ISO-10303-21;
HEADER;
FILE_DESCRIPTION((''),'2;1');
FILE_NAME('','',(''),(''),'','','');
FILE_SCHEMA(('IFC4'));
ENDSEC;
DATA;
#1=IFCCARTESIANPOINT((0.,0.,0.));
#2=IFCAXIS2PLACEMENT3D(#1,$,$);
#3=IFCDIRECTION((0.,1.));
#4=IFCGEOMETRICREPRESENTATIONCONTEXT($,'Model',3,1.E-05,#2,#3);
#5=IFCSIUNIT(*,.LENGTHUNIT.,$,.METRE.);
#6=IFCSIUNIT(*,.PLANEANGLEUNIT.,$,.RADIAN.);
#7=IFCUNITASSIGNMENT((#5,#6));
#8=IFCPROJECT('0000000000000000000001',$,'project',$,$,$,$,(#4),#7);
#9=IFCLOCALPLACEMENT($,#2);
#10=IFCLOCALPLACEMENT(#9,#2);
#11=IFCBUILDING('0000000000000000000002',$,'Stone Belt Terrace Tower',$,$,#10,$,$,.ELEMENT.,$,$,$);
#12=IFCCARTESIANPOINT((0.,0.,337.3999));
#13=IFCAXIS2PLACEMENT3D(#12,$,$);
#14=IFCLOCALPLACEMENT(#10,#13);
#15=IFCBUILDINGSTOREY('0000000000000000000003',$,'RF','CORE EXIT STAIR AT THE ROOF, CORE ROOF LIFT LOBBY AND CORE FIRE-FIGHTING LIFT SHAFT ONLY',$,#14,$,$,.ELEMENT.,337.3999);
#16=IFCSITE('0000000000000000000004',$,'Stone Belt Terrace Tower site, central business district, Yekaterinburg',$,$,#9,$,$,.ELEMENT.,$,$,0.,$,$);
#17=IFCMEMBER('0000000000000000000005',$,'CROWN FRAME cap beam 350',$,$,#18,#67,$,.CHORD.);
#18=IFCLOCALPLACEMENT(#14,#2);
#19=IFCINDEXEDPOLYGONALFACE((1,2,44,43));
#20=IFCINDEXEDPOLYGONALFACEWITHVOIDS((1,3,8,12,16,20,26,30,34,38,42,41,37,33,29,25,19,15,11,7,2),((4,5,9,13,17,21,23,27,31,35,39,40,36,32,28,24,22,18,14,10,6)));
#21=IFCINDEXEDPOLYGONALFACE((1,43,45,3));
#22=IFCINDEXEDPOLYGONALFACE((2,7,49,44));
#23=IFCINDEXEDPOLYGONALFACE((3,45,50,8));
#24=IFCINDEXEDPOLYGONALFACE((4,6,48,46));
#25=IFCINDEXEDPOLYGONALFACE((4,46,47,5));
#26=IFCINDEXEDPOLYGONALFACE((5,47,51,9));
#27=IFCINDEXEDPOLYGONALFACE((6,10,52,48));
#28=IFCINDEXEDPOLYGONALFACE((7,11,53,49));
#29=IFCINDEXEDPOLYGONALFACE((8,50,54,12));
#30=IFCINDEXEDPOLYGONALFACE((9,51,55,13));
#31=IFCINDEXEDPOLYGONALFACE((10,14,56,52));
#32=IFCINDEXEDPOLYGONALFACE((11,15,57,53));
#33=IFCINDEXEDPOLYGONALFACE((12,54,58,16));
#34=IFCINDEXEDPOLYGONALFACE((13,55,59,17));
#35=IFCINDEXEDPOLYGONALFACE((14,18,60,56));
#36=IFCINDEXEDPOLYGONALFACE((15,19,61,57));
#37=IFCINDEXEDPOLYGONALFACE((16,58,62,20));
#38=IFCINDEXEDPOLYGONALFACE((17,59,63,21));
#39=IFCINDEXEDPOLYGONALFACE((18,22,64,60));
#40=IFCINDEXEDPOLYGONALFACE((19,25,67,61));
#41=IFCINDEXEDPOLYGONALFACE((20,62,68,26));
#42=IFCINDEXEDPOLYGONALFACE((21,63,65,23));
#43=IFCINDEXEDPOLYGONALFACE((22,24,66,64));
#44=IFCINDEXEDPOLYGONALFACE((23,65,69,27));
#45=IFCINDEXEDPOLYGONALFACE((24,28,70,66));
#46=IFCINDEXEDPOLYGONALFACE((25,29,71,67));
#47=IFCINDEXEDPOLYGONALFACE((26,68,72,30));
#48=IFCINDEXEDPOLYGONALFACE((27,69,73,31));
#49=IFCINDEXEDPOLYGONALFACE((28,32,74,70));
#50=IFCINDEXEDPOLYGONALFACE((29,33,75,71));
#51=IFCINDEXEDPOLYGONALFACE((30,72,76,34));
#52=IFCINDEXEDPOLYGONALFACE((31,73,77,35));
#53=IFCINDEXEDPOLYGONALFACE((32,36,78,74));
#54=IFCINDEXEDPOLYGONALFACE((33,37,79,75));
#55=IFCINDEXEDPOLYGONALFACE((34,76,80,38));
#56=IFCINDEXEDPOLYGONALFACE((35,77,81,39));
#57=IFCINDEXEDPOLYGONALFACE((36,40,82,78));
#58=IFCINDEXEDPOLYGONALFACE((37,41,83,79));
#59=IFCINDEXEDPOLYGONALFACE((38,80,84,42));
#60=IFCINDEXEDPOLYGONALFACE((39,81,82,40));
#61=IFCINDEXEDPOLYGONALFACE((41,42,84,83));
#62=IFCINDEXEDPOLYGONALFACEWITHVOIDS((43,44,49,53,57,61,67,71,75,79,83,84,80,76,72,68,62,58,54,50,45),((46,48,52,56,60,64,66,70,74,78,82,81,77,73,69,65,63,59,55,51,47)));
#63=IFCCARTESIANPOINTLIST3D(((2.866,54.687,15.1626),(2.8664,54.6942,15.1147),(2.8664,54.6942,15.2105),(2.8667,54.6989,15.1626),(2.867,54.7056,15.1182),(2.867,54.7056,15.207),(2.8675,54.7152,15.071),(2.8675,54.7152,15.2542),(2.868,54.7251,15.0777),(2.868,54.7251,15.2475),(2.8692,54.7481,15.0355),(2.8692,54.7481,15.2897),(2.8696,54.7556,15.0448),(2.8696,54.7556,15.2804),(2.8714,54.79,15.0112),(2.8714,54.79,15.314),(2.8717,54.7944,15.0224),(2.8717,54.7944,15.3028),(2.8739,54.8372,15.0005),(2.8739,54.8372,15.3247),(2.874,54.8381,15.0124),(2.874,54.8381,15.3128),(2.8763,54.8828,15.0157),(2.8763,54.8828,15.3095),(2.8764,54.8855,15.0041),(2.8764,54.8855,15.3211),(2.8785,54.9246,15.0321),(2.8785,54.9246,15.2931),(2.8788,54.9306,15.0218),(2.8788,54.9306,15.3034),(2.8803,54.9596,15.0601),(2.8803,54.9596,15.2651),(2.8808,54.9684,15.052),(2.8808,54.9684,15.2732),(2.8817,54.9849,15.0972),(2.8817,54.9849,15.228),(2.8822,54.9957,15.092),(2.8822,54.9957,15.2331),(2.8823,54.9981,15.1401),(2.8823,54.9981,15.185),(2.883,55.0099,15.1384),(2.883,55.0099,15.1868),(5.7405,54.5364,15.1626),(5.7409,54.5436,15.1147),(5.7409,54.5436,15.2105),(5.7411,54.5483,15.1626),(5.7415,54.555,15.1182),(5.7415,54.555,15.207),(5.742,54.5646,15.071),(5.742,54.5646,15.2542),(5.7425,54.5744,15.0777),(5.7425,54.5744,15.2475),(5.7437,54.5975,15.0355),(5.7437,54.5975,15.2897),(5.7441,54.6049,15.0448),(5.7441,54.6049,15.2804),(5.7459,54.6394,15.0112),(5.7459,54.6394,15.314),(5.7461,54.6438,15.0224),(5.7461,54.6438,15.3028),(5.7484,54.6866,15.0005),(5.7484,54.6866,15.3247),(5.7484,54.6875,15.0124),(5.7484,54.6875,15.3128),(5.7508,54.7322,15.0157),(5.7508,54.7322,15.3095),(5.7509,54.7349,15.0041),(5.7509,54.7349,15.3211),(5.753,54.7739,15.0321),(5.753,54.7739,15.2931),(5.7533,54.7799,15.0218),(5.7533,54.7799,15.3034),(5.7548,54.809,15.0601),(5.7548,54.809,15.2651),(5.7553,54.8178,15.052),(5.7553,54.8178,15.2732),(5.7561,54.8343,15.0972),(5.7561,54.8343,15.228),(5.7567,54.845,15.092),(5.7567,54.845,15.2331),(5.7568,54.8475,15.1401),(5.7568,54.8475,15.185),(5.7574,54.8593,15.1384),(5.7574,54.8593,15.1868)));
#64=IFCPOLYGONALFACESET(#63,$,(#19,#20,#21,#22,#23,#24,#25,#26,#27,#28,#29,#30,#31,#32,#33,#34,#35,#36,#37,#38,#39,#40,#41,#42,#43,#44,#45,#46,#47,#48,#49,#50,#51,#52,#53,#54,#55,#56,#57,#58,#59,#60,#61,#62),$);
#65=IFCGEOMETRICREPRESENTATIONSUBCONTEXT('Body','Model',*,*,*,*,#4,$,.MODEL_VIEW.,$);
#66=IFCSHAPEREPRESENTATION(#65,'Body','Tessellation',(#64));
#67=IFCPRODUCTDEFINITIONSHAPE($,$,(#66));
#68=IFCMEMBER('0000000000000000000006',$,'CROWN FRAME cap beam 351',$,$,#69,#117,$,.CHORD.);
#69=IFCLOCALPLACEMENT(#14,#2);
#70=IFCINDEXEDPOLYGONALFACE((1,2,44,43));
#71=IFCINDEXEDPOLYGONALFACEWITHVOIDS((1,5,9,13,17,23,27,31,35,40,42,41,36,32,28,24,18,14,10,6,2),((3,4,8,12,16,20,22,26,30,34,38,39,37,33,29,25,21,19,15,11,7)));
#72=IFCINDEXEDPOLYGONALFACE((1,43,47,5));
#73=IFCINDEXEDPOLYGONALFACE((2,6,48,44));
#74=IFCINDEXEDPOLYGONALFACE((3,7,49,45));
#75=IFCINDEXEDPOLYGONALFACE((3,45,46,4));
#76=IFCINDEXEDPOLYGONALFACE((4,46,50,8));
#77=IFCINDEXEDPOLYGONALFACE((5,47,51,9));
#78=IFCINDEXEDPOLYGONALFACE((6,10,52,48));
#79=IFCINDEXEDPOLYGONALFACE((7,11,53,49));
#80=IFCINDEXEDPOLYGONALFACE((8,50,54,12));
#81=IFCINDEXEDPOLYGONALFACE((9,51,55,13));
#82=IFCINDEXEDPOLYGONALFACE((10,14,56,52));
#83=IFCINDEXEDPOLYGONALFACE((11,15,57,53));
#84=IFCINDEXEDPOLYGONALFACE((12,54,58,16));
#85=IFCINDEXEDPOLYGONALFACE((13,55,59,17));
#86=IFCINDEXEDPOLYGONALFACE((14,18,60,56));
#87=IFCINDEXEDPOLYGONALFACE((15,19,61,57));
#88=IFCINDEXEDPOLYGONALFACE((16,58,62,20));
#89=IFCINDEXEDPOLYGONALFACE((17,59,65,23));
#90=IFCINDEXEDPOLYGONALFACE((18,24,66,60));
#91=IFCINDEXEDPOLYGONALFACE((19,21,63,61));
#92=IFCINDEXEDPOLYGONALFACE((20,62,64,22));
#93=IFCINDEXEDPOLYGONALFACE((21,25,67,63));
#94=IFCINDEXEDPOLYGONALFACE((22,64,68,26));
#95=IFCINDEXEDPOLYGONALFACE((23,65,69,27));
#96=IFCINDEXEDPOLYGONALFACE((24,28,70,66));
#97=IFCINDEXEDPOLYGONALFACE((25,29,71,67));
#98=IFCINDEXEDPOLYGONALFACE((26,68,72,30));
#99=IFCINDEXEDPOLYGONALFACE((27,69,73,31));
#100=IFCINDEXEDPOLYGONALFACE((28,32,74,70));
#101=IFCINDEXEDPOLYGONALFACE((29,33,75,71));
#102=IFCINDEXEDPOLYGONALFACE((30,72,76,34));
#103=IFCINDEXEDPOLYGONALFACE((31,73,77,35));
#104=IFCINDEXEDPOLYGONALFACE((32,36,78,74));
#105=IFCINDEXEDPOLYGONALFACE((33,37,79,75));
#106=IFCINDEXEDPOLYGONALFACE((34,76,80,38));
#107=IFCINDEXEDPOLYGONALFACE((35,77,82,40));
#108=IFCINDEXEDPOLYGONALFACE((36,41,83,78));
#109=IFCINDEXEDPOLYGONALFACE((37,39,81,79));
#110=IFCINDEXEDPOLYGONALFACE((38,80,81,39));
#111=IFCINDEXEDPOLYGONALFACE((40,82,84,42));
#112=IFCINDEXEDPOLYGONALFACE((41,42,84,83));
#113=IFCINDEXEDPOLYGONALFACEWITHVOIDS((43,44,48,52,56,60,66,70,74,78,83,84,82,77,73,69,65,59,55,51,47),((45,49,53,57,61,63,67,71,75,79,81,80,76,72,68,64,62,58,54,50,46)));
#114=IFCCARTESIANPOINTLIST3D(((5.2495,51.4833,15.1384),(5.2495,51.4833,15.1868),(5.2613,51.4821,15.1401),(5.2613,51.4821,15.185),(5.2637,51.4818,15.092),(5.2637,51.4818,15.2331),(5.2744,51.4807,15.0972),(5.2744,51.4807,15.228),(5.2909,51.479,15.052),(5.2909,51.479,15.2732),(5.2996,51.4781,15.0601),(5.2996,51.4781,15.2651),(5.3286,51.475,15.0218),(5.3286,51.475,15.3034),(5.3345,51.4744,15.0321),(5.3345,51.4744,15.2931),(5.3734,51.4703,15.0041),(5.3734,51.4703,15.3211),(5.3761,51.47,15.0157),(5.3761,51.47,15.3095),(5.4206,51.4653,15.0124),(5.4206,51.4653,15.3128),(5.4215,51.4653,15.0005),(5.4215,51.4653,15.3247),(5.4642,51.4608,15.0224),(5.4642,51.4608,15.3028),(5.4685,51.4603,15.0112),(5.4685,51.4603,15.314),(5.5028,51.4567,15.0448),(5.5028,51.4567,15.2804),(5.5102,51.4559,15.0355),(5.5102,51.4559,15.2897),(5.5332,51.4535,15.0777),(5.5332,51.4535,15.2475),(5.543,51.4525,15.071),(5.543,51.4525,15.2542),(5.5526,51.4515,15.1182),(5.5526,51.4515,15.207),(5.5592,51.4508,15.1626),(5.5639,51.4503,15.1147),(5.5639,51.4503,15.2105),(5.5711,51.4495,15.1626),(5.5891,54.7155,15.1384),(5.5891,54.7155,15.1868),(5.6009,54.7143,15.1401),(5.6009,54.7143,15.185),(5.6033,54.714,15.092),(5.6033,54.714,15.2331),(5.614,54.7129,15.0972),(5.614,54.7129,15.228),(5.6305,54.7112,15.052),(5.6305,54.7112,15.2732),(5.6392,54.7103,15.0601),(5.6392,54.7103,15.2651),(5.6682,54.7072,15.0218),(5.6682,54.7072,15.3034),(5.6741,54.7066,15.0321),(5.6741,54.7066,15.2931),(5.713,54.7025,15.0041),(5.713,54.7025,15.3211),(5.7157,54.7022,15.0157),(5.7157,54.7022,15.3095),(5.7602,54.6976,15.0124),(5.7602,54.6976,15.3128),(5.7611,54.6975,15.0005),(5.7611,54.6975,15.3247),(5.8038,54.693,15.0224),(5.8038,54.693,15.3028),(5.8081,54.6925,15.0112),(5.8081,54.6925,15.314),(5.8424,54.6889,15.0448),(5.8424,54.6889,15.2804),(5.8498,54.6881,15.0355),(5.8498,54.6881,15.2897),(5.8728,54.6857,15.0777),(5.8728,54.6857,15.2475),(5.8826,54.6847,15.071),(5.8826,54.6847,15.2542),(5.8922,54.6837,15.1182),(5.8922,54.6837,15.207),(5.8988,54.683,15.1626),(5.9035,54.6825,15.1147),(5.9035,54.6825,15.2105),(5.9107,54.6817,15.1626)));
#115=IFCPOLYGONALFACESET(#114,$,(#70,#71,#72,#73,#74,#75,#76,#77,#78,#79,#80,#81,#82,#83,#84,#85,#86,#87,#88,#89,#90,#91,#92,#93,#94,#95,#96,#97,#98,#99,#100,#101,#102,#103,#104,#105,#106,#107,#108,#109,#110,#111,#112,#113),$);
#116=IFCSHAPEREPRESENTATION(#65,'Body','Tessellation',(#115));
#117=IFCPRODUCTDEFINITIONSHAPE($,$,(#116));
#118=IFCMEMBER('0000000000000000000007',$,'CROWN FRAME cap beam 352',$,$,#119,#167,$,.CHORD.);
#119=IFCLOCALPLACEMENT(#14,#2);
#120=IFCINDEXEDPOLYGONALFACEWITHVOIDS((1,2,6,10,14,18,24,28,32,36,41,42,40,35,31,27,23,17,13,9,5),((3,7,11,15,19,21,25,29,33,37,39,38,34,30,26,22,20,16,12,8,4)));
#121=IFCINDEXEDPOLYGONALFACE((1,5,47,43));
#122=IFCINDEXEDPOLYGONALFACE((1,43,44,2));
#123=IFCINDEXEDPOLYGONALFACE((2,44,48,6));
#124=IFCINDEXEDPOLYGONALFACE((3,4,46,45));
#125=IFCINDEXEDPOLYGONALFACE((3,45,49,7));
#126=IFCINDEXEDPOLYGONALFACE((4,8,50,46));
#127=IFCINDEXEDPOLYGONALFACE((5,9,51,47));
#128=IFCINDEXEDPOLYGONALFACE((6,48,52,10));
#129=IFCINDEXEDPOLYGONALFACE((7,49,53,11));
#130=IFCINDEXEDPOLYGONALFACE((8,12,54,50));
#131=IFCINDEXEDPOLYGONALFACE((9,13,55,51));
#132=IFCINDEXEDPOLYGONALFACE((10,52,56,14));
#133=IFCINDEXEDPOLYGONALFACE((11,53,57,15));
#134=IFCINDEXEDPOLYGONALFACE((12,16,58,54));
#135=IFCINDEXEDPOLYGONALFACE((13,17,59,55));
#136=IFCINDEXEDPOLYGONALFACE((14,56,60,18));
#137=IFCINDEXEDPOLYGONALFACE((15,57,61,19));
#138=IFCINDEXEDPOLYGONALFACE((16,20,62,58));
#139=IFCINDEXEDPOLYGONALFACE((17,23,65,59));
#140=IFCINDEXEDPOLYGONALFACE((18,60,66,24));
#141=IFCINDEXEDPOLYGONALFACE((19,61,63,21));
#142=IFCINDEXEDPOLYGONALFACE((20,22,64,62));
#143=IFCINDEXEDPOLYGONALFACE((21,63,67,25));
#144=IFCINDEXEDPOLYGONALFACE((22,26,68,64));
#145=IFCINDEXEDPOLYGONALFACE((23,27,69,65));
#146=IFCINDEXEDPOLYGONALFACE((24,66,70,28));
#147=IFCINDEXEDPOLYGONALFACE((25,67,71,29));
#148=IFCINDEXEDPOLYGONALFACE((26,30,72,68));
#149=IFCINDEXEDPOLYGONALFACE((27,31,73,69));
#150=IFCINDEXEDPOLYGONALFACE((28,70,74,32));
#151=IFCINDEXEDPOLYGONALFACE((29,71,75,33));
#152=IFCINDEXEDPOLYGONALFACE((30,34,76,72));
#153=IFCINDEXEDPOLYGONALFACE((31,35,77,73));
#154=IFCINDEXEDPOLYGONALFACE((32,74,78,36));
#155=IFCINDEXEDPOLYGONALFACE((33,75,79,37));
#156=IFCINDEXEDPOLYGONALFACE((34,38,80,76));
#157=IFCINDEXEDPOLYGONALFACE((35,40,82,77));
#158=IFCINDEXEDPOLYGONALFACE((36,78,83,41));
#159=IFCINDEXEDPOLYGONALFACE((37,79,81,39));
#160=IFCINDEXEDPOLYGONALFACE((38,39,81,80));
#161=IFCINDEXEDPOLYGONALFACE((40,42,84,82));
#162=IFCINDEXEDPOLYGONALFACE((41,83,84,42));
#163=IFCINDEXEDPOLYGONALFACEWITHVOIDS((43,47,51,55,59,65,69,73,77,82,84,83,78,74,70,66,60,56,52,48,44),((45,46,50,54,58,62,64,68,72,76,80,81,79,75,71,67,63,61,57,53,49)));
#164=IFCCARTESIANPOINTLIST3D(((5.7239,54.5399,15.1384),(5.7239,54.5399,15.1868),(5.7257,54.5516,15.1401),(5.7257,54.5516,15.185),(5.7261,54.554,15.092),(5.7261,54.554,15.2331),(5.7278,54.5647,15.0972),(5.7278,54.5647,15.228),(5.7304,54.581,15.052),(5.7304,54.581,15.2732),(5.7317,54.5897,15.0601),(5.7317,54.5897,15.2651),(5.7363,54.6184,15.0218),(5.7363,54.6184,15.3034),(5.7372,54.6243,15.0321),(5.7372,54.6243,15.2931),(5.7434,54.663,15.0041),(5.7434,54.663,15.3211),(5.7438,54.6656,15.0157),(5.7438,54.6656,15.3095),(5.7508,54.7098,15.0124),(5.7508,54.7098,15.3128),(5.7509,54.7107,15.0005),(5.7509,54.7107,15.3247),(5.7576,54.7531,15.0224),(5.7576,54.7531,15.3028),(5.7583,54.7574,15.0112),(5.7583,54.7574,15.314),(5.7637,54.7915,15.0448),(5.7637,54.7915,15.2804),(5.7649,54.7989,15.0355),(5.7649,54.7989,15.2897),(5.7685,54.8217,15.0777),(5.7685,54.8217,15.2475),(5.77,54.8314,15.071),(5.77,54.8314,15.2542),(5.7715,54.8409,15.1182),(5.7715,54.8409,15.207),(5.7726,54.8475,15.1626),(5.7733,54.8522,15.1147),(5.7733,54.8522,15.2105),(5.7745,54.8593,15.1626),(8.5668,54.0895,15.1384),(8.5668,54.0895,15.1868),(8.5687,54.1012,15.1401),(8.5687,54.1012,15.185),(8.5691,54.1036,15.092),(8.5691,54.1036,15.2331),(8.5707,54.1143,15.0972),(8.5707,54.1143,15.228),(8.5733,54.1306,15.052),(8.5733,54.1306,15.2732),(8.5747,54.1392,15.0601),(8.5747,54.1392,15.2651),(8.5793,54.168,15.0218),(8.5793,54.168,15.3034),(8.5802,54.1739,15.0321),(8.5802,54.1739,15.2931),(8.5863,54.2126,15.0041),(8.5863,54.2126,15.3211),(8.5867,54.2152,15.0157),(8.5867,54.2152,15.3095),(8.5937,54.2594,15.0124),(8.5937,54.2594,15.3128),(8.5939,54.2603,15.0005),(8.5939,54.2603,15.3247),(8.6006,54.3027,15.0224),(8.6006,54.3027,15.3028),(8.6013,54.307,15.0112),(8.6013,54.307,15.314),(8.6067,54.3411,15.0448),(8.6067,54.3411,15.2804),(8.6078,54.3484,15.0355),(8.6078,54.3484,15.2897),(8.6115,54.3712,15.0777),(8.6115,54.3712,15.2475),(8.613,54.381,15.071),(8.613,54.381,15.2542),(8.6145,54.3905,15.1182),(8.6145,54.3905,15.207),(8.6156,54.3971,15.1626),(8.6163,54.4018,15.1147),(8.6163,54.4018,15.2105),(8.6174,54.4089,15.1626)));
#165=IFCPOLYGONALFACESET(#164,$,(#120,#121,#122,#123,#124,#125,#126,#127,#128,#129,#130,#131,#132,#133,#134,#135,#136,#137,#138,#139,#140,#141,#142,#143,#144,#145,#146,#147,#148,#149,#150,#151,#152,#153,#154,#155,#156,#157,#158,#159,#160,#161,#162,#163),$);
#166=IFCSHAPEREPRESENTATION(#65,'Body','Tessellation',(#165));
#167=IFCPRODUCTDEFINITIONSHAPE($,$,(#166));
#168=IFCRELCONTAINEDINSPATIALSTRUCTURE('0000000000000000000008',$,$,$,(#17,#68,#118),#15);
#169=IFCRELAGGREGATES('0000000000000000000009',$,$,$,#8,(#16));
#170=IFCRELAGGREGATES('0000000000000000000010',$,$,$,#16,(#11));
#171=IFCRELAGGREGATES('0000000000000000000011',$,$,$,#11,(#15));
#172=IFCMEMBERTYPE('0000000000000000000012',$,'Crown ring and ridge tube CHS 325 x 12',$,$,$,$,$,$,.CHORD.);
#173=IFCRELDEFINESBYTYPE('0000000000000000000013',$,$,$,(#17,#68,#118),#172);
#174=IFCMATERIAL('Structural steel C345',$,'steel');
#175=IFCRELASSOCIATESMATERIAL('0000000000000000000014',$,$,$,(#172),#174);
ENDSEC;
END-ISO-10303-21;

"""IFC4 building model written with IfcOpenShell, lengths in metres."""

from ifc_helpers import new_model, si_unit, direction, frame, origin, origin_2d, place, context, subcontext, project, spatial, hollow_circle, extrude, material, material_profile, profile_set, type_object, element, save


model = new_model("IFC4")

# Units and contexts
model_context = context("Model", 3, precision=1e-05, world=origin(), true_north=direction((0.0, 1.0)))
body_context = subcontext(model_context, "Body", "Model", "MODEL_VIEW")
ifc_project = project(units=[si_unit("LENGTHUNIT", "METRE"), si_unit("PLANEANGLEUNIT", "RADIAN")], contexts=[model_context])

# Site, building, storey
site_placement = place(None, origin())
site = spatial("IfcSite", under=ifc_project, at=site_placement, Name="Stone Belt Terrace Tower site, central business district, Yekaterinburg", CompositionType="ELEMENT", RefElevation=0.0)
building_placement = place(site_placement, origin())
building = spatial("IfcBuilding", under=site, at=building_placement, Name="Stone Belt Terrace Tower", CompositionType="ELEMENT")
storey_placement = place(building_placement, frame((0.0, 0.0, 337.3999)))
storey = spatial("IfcBuildingStorey", under=building, at=storey_placement, Name="RF", Description="CORE EXIT STAIR AT THE ROOF, CORE ROOF LIFT LOBBY AND CORE FIRE-FIGHTING LIFT SHAFT ONLY", CompositionType="ELEMENT", Elevation=337.3999)

# Members
ifc_material_1 = material(Name="Structural steel C345", Category="steel")
ifc_material_profile_1 = material_profile(ifc_material_1, hollow_circle(Radius=0.1626, WallThickness=0.012, at=origin_2d()), Name="Structural steel C345 CHS 325x12")
ifc_profile_set_1 = profile_set([ifc_material_profile_1], Name="Structural steel C345")
member_type_1 = type_object("IfcMemberType", Name="Crown ring and ridge tube CHS 325 x 12", PredefinedType="CHORD", material=ifc_profile_set_1)
member_1_placement = place(storey_placement, frame((5.749, 54.6987, 15.1626), z_axis=(-0.99863, 0.052332, 0.0), x_axis=(-0.052332, -0.99863, 0.0)))
element("IfcMember", 1, at=member_1_placement, inside=storey, type_object=member_type_1, Name="CROWN FRAME cap beam 350", PredefinedType="CHORD", context=body_context, shape_type="SweptSolid", body=[
    extrude(hollow_circle(Radius=0.1626, WallThickness=0.012, at=origin_2d()), origin(), (0.0, 0.0, 1.0), 2.8784),
])
member_2_placement = place(storey_placement, frame((5.749, 54.6987, 15.1626), z_axis=(-0.104493, -0.994526, 0.0), x_axis=(0.994526, -0.104493, 0.0)))
element("IfcMember", 2, at=member_2_placement, inside=storey, type_object=member_type_1, Name="CROWN FRAME cap beam 351", PredefinedType="CHORD", context=body_context, shape_type="SweptSolid", body=[
    extrude(hollow_circle(Radius=0.1626, WallThickness=0.012, at=origin_2d()), origin(), (0.0, 0.0, 1.0), 3.25),
])
member_3_placement = place(storey_placement, frame((5.749, 54.6987, 15.1626), z_axis=(0.98768, -0.156485, 0.0), x_axis=(0.156485, 0.98768, 0.0)))
element("IfcMember", 3, at=member_3_placement, inside=storey, type_object=member_type_1, Name="CROWN FRAME cap beam 352", PredefinedType="CHORD", context=body_context, shape_type="SweptSolid", body=[
    extrude(hollow_circle(Radius=0.1626, WallThickness=0.012, at=origin_2d()), origin(), (0.0, 0.0, 1.0), 2.8784),
])

save(model, "model.ifc")
